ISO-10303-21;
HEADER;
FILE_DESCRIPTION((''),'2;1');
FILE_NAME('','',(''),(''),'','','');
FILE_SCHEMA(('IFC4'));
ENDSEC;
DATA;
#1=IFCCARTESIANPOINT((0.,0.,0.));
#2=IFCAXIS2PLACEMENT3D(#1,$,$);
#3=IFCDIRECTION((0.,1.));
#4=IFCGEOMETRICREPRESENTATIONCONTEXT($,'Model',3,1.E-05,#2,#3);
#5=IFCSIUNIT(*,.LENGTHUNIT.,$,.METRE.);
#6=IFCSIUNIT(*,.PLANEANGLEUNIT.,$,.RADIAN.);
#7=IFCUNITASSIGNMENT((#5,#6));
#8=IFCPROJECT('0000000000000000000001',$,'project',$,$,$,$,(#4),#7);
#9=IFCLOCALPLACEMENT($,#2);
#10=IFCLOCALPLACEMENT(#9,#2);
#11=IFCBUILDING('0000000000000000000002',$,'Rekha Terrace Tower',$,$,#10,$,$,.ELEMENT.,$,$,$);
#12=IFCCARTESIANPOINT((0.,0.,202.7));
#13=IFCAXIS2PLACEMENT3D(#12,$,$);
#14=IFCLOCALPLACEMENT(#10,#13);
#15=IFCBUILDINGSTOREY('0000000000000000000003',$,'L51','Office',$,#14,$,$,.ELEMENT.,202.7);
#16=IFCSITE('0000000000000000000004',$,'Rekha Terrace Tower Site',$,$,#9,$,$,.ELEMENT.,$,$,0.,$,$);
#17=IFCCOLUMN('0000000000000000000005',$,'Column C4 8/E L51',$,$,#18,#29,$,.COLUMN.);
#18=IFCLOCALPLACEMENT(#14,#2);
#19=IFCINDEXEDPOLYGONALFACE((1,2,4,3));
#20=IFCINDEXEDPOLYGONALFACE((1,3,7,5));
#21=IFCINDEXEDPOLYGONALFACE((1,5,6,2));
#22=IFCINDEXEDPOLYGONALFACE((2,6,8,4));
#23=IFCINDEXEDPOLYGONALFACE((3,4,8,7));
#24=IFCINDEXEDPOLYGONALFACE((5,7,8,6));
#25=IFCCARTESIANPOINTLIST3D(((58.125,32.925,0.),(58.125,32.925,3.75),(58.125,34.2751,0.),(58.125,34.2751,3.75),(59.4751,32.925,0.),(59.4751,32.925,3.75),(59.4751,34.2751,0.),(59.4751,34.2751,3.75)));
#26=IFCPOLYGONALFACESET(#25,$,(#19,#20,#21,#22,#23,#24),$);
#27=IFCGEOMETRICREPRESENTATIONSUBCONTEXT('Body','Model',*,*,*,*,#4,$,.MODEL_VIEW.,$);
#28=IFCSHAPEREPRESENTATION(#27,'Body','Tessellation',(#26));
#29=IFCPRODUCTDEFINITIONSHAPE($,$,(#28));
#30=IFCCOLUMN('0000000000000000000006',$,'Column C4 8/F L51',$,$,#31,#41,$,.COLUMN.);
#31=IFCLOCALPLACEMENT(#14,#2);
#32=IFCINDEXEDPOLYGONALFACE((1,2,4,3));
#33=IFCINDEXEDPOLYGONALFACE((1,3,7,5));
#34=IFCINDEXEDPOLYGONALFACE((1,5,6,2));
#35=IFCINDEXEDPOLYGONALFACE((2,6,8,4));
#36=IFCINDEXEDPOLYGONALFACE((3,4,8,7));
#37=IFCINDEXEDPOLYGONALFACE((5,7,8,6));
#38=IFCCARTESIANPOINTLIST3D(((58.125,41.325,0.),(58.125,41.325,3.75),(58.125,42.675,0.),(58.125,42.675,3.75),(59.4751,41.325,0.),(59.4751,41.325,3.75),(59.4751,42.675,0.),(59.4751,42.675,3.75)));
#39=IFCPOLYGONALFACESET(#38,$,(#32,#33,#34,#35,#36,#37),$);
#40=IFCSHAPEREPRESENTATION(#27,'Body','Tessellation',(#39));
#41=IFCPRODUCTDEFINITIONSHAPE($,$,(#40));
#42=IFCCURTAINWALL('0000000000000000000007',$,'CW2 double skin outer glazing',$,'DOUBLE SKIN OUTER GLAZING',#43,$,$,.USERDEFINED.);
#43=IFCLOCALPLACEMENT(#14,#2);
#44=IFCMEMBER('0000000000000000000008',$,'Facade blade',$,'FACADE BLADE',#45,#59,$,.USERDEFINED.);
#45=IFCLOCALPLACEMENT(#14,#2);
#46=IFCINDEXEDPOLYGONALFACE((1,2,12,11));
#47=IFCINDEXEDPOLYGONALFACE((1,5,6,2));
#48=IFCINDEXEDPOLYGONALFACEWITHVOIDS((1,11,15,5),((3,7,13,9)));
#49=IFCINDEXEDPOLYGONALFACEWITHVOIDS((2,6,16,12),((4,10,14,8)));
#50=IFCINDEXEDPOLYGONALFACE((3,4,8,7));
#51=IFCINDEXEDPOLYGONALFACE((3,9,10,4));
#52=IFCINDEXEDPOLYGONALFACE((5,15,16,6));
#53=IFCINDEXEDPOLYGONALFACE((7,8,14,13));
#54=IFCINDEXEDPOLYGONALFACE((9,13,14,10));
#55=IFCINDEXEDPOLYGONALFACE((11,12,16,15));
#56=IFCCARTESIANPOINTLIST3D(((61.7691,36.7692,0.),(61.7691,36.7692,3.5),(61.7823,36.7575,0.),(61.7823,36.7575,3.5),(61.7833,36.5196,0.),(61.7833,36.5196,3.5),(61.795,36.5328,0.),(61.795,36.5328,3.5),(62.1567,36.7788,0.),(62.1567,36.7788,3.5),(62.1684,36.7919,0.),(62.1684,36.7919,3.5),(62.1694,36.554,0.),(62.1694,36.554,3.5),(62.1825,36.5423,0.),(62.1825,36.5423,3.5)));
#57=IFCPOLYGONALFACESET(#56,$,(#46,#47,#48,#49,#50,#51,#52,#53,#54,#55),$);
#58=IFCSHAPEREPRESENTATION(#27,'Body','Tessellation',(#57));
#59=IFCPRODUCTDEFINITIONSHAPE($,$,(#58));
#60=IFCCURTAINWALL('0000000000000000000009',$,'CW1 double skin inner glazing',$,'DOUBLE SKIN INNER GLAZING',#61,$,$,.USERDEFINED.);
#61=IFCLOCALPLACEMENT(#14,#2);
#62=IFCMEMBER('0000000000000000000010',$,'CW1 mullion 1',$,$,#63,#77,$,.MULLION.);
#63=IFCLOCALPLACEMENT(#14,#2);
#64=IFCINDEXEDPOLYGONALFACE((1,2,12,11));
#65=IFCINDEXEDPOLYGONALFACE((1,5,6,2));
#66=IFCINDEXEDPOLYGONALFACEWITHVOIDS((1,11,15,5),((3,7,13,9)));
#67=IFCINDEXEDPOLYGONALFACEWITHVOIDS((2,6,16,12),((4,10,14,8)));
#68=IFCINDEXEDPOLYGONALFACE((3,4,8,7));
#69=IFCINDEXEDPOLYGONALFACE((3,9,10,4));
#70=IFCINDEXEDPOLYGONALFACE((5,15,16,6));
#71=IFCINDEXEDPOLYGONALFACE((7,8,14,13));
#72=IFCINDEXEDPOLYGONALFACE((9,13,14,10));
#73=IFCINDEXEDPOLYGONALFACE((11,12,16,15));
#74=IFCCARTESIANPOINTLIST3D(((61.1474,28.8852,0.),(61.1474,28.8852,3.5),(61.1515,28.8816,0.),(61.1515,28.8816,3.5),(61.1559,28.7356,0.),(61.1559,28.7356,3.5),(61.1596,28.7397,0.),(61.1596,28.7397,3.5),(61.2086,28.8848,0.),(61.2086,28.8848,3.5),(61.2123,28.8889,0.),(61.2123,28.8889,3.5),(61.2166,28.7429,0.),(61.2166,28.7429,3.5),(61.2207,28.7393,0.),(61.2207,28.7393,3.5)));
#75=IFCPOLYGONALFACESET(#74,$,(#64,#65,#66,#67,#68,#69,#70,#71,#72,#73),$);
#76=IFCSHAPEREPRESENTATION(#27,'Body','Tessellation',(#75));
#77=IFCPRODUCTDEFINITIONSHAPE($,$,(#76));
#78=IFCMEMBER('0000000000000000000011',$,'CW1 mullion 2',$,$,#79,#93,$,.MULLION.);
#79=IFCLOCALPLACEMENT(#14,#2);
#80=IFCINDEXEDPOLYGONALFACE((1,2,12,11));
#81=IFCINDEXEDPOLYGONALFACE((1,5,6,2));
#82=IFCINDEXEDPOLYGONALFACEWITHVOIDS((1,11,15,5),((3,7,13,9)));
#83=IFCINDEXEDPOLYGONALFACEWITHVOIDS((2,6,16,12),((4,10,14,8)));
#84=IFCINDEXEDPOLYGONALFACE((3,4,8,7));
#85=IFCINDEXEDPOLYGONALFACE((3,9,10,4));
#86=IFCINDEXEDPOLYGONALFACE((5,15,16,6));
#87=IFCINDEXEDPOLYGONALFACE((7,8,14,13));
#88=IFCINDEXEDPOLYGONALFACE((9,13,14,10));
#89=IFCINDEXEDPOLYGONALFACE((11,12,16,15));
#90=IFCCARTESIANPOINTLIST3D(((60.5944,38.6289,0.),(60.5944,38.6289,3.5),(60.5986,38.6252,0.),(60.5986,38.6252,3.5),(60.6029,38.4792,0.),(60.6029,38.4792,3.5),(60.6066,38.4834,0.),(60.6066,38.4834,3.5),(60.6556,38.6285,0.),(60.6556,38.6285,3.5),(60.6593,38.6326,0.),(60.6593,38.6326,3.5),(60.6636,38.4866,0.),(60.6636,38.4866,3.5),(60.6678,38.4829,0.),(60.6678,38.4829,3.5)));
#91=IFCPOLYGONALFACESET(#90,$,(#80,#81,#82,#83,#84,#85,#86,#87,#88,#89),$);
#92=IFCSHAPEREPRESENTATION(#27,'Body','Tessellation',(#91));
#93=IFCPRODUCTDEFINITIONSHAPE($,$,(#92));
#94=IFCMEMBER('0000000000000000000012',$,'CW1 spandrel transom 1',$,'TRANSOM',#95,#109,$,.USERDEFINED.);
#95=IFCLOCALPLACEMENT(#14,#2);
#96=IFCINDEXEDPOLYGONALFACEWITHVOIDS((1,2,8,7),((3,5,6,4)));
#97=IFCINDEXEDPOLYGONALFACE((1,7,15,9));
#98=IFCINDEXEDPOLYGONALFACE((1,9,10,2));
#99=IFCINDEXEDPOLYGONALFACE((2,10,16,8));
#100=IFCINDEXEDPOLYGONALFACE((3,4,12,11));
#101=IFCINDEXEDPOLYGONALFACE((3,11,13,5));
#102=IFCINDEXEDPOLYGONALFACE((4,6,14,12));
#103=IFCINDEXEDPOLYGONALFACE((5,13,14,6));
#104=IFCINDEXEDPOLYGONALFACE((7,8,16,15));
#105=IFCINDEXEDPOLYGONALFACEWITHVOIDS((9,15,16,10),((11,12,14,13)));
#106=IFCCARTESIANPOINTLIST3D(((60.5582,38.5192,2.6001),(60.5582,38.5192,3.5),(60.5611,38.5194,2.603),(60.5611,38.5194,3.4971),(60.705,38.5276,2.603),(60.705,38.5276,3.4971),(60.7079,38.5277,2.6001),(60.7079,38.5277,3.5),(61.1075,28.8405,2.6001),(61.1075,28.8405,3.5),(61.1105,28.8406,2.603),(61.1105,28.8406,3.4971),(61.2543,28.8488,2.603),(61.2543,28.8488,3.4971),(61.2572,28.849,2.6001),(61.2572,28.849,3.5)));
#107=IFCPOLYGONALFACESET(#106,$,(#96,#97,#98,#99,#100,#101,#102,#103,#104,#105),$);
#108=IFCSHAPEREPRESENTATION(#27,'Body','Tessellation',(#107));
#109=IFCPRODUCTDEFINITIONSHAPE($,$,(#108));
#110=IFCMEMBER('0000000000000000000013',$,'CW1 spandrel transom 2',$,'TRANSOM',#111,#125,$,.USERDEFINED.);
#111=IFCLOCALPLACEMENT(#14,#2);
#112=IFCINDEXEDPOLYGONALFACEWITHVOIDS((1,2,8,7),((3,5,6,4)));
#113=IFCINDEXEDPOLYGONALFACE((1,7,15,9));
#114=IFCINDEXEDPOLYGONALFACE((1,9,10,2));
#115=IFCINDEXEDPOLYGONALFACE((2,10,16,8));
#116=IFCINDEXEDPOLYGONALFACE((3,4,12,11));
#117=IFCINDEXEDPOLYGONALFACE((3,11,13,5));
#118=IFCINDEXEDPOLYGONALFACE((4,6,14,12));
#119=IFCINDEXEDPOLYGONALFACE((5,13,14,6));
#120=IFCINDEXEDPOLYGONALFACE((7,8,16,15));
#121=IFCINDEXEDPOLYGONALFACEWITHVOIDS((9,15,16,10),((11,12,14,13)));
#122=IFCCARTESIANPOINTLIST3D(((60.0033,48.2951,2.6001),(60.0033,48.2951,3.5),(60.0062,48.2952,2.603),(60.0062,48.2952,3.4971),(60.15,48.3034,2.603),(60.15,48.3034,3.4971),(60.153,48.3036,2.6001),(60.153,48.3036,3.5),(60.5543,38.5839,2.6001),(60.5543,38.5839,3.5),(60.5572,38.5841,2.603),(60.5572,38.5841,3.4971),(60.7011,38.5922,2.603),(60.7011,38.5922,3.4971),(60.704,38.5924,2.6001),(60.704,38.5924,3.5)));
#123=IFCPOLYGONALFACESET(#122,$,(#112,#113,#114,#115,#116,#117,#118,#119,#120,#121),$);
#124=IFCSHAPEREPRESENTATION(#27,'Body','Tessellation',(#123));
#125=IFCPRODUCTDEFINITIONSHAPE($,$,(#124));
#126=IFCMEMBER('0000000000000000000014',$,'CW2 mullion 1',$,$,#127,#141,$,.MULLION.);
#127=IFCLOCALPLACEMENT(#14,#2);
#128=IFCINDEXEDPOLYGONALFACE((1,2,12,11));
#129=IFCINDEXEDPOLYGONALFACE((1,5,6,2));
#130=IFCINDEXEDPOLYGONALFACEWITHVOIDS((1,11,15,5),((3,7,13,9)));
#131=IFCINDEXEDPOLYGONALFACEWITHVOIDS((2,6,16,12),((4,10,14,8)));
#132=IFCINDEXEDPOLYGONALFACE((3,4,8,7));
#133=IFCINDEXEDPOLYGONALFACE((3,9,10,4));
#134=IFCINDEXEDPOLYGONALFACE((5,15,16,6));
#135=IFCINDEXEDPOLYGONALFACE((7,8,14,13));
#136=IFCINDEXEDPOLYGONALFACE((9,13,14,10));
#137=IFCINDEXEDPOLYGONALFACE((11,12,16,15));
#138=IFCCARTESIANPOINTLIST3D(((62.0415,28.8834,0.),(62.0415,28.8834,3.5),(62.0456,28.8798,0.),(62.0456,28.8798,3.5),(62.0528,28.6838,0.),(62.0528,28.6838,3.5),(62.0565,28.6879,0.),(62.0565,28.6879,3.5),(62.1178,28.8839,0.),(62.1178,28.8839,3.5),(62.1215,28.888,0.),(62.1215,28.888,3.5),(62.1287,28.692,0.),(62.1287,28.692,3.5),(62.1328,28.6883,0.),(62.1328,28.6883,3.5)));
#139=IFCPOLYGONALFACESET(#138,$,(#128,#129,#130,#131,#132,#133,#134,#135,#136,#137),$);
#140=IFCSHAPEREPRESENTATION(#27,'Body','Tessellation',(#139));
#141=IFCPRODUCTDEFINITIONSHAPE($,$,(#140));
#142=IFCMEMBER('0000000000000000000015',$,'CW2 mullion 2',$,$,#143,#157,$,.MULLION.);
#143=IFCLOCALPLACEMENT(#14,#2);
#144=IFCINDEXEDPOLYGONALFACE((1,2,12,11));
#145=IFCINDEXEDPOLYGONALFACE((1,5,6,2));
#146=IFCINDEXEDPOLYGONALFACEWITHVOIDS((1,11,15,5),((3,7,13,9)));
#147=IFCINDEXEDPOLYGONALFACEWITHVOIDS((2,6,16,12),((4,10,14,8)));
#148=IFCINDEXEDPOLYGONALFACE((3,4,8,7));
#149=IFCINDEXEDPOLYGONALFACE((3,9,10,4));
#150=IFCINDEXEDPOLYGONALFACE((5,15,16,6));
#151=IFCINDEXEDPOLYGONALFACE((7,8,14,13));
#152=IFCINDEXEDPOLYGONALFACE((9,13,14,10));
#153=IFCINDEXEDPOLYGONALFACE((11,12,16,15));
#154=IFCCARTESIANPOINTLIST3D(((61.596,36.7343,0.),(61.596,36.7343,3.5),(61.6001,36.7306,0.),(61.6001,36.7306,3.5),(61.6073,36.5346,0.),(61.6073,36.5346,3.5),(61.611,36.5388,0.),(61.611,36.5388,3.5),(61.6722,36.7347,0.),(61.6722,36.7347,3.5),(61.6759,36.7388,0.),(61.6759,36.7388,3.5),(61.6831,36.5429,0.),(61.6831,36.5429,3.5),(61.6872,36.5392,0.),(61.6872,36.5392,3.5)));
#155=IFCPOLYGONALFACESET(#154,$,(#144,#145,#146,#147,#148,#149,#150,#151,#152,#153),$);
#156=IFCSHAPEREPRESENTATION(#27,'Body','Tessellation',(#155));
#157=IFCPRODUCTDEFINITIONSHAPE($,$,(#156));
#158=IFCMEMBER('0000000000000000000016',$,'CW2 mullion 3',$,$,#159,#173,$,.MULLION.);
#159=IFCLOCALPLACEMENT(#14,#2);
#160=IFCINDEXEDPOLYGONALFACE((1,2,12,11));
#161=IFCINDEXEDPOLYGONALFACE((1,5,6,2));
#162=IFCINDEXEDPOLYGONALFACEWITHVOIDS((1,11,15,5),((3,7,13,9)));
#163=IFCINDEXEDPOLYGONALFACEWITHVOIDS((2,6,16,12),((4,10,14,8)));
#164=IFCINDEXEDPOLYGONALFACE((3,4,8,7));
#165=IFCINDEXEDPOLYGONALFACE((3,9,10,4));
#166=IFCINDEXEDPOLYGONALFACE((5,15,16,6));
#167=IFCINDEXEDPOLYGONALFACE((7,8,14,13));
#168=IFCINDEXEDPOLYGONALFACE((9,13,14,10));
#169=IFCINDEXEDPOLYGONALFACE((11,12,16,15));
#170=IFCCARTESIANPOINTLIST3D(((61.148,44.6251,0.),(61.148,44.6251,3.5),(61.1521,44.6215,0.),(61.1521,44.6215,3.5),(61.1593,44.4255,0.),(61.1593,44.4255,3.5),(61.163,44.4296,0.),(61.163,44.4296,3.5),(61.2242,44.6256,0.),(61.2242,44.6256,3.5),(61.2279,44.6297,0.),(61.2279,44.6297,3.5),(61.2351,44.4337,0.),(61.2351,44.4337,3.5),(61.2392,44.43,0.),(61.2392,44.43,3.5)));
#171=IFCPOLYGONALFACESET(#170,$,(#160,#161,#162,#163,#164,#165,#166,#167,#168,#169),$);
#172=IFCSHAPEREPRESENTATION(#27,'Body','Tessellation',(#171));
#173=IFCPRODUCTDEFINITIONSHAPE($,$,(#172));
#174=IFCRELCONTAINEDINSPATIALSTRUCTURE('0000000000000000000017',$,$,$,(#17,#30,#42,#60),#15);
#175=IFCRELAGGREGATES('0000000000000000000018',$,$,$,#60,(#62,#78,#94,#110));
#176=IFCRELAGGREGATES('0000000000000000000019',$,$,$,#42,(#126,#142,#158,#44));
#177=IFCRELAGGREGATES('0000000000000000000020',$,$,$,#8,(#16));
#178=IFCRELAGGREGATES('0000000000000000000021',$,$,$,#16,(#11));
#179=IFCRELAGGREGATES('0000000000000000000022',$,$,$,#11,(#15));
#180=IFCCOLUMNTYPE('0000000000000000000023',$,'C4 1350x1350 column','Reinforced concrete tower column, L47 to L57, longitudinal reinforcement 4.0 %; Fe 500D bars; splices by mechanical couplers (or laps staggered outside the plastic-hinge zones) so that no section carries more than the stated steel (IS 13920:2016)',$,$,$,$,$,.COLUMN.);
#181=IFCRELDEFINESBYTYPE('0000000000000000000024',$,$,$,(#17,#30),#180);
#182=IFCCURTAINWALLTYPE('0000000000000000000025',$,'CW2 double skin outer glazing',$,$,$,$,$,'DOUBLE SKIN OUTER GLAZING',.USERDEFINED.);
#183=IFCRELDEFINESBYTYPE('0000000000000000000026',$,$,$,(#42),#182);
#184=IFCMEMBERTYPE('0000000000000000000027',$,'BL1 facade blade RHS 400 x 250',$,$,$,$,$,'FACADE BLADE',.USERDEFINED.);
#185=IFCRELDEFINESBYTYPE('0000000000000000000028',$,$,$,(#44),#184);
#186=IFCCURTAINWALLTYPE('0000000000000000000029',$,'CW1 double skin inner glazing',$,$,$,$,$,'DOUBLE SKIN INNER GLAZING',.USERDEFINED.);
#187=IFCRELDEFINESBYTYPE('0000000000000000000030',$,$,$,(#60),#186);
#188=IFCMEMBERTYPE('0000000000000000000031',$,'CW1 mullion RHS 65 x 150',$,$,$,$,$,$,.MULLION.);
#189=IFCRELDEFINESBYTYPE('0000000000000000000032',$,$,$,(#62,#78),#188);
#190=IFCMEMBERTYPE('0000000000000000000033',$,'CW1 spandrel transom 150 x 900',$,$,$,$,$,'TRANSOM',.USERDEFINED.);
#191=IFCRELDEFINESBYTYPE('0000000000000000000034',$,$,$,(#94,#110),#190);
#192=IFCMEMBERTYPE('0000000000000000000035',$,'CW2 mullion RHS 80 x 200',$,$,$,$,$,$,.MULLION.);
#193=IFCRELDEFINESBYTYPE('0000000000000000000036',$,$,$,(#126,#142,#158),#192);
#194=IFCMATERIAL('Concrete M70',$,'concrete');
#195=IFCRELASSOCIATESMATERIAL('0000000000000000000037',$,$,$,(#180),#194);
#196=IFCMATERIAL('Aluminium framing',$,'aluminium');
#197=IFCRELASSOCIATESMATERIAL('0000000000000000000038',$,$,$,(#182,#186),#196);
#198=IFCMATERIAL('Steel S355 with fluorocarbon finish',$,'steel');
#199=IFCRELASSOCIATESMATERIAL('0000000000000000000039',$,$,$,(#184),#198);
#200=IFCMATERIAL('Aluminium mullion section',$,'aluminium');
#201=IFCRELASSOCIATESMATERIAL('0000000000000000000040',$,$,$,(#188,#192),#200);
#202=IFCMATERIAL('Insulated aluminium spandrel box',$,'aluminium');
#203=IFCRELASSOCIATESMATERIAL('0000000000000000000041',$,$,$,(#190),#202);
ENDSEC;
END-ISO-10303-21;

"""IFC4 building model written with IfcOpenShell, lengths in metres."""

from ifc_helpers import new_model, si_unit, direction, frame, origin, origin_2d, place, context, subcontext, project, spatial, rectangle, hollow_rectangle, extrude, material, material_profile, profile_set, type_object, element, aggregate, save


model = new_model("IFC4")

# Units and contexts
model_context = context("Model", 3, precision=1e-05, world=origin(), true_north=direction((0.0, 1.0)))
body_context = subcontext(model_context, "Body", "Model", "MODEL_VIEW")
ifc_project = project(units=[si_unit("LENGTHUNIT", "METRE"), si_unit("PLANEANGLEUNIT", "RADIAN")], contexts=[model_context])

# Site, building, storey
site_placement = place(None, origin())
site = spatial("IfcSite", under=ifc_project, at=site_placement, Name="Rekha Terrace Tower Site", CompositionType="ELEMENT", RefElevation=0.0)
building_placement = place(site_placement, origin())
building = spatial("IfcBuilding", under=site, at=building_placement, Name="Rekha Terrace Tower", CompositionType="ELEMENT")
storey_placement = place(building_placement, frame((0.0, 0.0, 202.7)))
storey = spatial("IfcBuildingStorey", under=building, at=storey_placement, Name="L51", Description="Office", CompositionType="ELEMENT", Elevation=202.7)

# Columns
ifc_material_1 = material(Name="Concrete M70", Category="concrete")
ifc_material_profile_1 = material_profile(ifc_material_1, rectangle(XDim=1.3501, YDim=1.3501, at=origin_2d()), Name="RC 1350x1350")
ifc_profile_set_1 = profile_set([ifc_material_profile_1], Name="Concrete M70")
column_type = type_object("IfcColumnType", Name="C4 1350x1350 column", Description="Reinforced concrete tower column, L47 to L57, longitudinal reinforcement 4.0 %; Fe 500D bars; splices by mechanical couplers (or laps staggered outside the plastic-hinge zones) so that no section carries more than the stated steel (IS 13920:2016)", PredefinedType="COLUMN", material=ifc_profile_set_1)
for number, where, z_axis, x_axis, name in (
    (1, (58.8, 33.6001, 0.0), (0.0, 0.0, 1.0), (1.0, 0.0, 0.0), "Column C4 8/E L51"),
    (2, (58.8, 42.0, 0.0), (0.0, 0.0, 1.0), (1.0, 0.0, 0.0), "Column C4 8/F L51"),
):
    element("IfcColumn", number, at=place(storey_placement, frame(where, z_axis=z_axis, x_axis=x_axis)), inside=storey, type_object=column_type, Name=name, PredefinedType="COLUMN", context=body_context, shape_type="SweptSolid", body=[
        extrude(rectangle(XDim=1.3501, YDim=1.3501, at=origin_2d()), origin(), (0.0, 0.0, 1.0), 3.75),
    ])

# Curtain wall, member
ifc_material_2 = material(Name="Aluminium framing", Category="aluminium")
curtain_wall_type_1 = type_object("IfcCurtainWallType", Name="CW2 double skin outer glazing", ElementType="DOUBLE SKIN OUTER GLAZING", PredefinedType="USERDEFINED", material=ifc_material_2)
curtain_wall_1_placement = place(storey_placement, origin())
curtain_wall_1 = element("IfcCurtainWall", 3, at=curtain_wall_1_placement, inside=storey, type_object=curtain_wall_type_1, Name="CW2 double skin outer glazing", ObjectType="DOUBLE SKIN OUTER GLAZING", PredefinedType="USERDEFINED")
ifc_material_3 = material(Name="Steel S355 with fluorocarbon finish", Category="steel")
ifc_material_profile_2 = material_profile(ifc_material_3, hollow_rectangle(XDim=0.25, YDim=0.3999, WallThickness=0.0125, at=origin_2d()), Name="RHS400x250x12.5")
ifc_profile_set_2 = profile_set([ifc_material_profile_2], Name="Steel S355 with fluorocarbon finish")
member_type_1 = type_object("IfcMemberType", Name="BL1 facade blade RHS 400 x 250", ElementType="FACADE BLADE", PredefinedType="USERDEFINED", material=ifc_profile_set_2)
member_1_placement = place(storey_placement, frame((61.9758, 36.6558, 0.0), z_axis=(0.0, 0.0, 1.0), x_axis=(-0.056674, 0.998393, 0.0)))
member_1 = element("IfcMember", 4, at=member_1_placement, type_object=member_type_1, Name="Facade blade", ObjectType="FACADE BLADE", PredefinedType="USERDEFINED", context=body_context, shape_type="SweptSolid", body=[
    extrude(hollow_rectangle(XDim=0.25, YDim=0.3999, WallThickness=0.0125, at=origin_2d()), origin(), (0.0, 0.0, 1.0), 3.5),
])

# Curtain wall, members
curtain_wall_type_2 = type_object("IfcCurtainWallType", Name="CW1 double skin inner glazing", ElementType="DOUBLE SKIN INNER GLAZING", PredefinedType="USERDEFINED", material=ifc_material_2)
curtain_wall_2_placement = place(storey_placement, origin())
curtain_wall_2 = element("IfcCurtainWall", 5, at=curtain_wall_2_placement, inside=storey, type_object=curtain_wall_type_2, Name="CW1 double skin inner glazing", ObjectType="DOUBLE SKIN INNER GLAZING", PredefinedType="USERDEFINED")
ifc_material_4 = material(Name="Aluminium mullion section", Category="aluminium")
ifc_material_profile_3 = material_profile(ifc_material_4, hollow_rectangle(XDim=0.0649, YDim=0.1499, WallThickness=0.0039, at=origin_2d()), Name="AL RHS 65x150")
ifc_profile_set_3 = profile_set([ifc_material_profile_3], Name="Aluminium mullion section")
member_type_2 = type_object("IfcMemberType", Name="CW1 mullion RHS 65 x 150", PredefinedType="MULLION", material=ifc_profile_set_3)
member_2_placement = place(storey_placement, frame((61.1841, 28.8123, 0.0), z_axis=(0.0, 0.0, 1.0), x_axis=(-0.998393, -0.056673, 0.0)))
member_2 = element("IfcMember", 6, at=member_2_placement, type_object=member_type_2, Name="CW1 mullion 1", PredefinedType="MULLION", context=body_context, shape_type="SweptSolid", body=[
    extrude(hollow_rectangle(XDim=0.0649, YDim=0.1499, WallThickness=0.0039, at=origin_2d()), origin(), (0.0, 0.0, 1.0), 3.5),
])
member_3_placement = place(storey_placement, frame((60.6311, 38.5559, 0.0), z_axis=(0.0, 0.0, 1.0), x_axis=(-0.998393, -0.056673, 0.0)))
member_3 = element("IfcMember", 7, at=member_3_placement, type_object=member_type_2, Name="CW1 mullion 2", PredefinedType="MULLION", context=body_context, shape_type="SweptSolid", body=[
    extrude(hollow_rectangle(XDim=0.0649, YDim=0.1499, WallThickness=0.0039, at=origin_2d()), origin(), (0.0, 0.0, 1.0), 3.5),
])
ifc_material_5 = material(Name="Insulated aluminium spandrel box", Category="aluminium")
ifc_material_profile_4 = material_profile(ifc_material_5, hollow_rectangle(XDim=0.1499, YDim=0.8999, WallThickness=0.0029, at=origin_2d()), Name="AL SPANDREL BOX 150x900")
ifc_profile_set_4 = profile_set([ifc_material_profile_4], Name="Insulated aluminium spandrel box")
member_type_3 = type_object("IfcMemberType", Name="CW1 spandrel transom 150 x 900", ElementType="TRANSOM", PredefinedType="USERDEFINED", material=ifc_profile_set_4)
member_4_placement = place(storey_placement, frame((61.1824, 28.8447, 3.05), z_axis=(-0.056664, 0.998393, 0.0), x_axis=(-0.998393, -0.056664, 0.0)))
member_4 = element("IfcMember", 8, at=member_4_placement, type_object=member_type_3, Name="CW1 spandrel transom 1", ObjectType="TRANSOM", PredefinedType="USERDEFINED", context=body_context, shape_type="SweptSolid", body=[
    extrude(hollow_rectangle(XDim=0.1499, YDim=0.8999, WallThickness=0.0029, at=origin_2d()), origin(), (0.0, 0.0, 1.0), 9.6943),
])
member_5_placement = place(storey_placement, frame((60.6292, 38.5881, 3.05), z_axis=(-0.05665, 0.998394, 0.0), x_axis=(-0.998394, -0.05665, 0.0)))
member_5 = element("IfcMember", 9, at=member_5_placement, type_object=member_type_3, Name="CW1 spandrel transom 2", ObjectType="TRANSOM", PredefinedType="USERDEFINED", context=body_context, shape_type="SweptSolid", body=[
    extrude(hollow_rectangle(XDim=0.1499, YDim=0.8999, WallThickness=0.0029, at=origin_2d()), origin(), (0.0, 0.0, 1.0), 9.7268),
])

# Members
ifc_material_profile_5 = material_profile(ifc_material_4, hollow_rectangle(XDim=0.0801, YDim=0.2, WallThickness=0.0039, at=origin_2d()), Name="AL RHS 80x200")
ifc_profile_set_5 = profile_set([ifc_material_profile_5], Name="Aluminium mullion section")
member_type_4 = type_object("IfcMemberType", Name="CW2 mullion RHS 80 x 200", PredefinedType="MULLION", material=ifc_profile_set_5)
member_6_placement = place(storey_placement, frame((62.0872, 28.7859, 0.0), z_axis=(0.0, 0.0, 1.0), x_axis=(-0.998393, -0.056673, 0.0)))
member_6 = element("IfcMember", 10, at=member_6_placement, type_object=member_type_4, Name="CW2 mullion 1", PredefinedType="MULLION", context=body_context, shape_type="SweptSolid", body=[
    extrude(hollow_rectangle(XDim=0.0801, YDim=0.2, WallThickness=0.0039, at=origin_2d()), origin(), (0.0, 0.0, 1.0), 3.5),
])
member_7_placement = place(storey_placement, frame((61.6416, 36.6367, 0.0), z_axis=(0.0, 0.0, 1.0), x_axis=(-0.998393, -0.056673, 0.0)))
member_7 = element("IfcMember", 11, at=member_7_placement, type_object=member_type_4, Name="CW2 mullion 2", PredefinedType="MULLION", context=body_context, shape_type="SweptSolid", body=[
    extrude(hollow_rectangle(XDim=0.0801, YDim=0.2, WallThickness=0.0039, at=origin_2d()), origin(), (0.0, 0.0, 1.0), 3.5),
])
member_8_placement = place(storey_placement, frame((61.1936, 44.5276, 0.0), z_axis=(0.0, 0.0, 1.0), x_axis=(-0.998393, -0.056673, 0.0)))
member_8 = element("IfcMember", 12, at=member_8_placement, type_object=member_type_4, Name="CW2 mullion 3", PredefinedType="MULLION", context=body_context, shape_type="SweptSolid", body=[
    extrude(hollow_rectangle(XDim=0.0801, YDim=0.2, WallThickness=0.0039, at=origin_2d()), origin(), (0.0, 0.0, 1.0), 3.5),
])

aggregate(curtain_wall_2, [member_2, member_3, member_4, member_5])
aggregate(curtain_wall_1, [member_6, member_7, member_8, member_1])

save(model, "model.ifc")
